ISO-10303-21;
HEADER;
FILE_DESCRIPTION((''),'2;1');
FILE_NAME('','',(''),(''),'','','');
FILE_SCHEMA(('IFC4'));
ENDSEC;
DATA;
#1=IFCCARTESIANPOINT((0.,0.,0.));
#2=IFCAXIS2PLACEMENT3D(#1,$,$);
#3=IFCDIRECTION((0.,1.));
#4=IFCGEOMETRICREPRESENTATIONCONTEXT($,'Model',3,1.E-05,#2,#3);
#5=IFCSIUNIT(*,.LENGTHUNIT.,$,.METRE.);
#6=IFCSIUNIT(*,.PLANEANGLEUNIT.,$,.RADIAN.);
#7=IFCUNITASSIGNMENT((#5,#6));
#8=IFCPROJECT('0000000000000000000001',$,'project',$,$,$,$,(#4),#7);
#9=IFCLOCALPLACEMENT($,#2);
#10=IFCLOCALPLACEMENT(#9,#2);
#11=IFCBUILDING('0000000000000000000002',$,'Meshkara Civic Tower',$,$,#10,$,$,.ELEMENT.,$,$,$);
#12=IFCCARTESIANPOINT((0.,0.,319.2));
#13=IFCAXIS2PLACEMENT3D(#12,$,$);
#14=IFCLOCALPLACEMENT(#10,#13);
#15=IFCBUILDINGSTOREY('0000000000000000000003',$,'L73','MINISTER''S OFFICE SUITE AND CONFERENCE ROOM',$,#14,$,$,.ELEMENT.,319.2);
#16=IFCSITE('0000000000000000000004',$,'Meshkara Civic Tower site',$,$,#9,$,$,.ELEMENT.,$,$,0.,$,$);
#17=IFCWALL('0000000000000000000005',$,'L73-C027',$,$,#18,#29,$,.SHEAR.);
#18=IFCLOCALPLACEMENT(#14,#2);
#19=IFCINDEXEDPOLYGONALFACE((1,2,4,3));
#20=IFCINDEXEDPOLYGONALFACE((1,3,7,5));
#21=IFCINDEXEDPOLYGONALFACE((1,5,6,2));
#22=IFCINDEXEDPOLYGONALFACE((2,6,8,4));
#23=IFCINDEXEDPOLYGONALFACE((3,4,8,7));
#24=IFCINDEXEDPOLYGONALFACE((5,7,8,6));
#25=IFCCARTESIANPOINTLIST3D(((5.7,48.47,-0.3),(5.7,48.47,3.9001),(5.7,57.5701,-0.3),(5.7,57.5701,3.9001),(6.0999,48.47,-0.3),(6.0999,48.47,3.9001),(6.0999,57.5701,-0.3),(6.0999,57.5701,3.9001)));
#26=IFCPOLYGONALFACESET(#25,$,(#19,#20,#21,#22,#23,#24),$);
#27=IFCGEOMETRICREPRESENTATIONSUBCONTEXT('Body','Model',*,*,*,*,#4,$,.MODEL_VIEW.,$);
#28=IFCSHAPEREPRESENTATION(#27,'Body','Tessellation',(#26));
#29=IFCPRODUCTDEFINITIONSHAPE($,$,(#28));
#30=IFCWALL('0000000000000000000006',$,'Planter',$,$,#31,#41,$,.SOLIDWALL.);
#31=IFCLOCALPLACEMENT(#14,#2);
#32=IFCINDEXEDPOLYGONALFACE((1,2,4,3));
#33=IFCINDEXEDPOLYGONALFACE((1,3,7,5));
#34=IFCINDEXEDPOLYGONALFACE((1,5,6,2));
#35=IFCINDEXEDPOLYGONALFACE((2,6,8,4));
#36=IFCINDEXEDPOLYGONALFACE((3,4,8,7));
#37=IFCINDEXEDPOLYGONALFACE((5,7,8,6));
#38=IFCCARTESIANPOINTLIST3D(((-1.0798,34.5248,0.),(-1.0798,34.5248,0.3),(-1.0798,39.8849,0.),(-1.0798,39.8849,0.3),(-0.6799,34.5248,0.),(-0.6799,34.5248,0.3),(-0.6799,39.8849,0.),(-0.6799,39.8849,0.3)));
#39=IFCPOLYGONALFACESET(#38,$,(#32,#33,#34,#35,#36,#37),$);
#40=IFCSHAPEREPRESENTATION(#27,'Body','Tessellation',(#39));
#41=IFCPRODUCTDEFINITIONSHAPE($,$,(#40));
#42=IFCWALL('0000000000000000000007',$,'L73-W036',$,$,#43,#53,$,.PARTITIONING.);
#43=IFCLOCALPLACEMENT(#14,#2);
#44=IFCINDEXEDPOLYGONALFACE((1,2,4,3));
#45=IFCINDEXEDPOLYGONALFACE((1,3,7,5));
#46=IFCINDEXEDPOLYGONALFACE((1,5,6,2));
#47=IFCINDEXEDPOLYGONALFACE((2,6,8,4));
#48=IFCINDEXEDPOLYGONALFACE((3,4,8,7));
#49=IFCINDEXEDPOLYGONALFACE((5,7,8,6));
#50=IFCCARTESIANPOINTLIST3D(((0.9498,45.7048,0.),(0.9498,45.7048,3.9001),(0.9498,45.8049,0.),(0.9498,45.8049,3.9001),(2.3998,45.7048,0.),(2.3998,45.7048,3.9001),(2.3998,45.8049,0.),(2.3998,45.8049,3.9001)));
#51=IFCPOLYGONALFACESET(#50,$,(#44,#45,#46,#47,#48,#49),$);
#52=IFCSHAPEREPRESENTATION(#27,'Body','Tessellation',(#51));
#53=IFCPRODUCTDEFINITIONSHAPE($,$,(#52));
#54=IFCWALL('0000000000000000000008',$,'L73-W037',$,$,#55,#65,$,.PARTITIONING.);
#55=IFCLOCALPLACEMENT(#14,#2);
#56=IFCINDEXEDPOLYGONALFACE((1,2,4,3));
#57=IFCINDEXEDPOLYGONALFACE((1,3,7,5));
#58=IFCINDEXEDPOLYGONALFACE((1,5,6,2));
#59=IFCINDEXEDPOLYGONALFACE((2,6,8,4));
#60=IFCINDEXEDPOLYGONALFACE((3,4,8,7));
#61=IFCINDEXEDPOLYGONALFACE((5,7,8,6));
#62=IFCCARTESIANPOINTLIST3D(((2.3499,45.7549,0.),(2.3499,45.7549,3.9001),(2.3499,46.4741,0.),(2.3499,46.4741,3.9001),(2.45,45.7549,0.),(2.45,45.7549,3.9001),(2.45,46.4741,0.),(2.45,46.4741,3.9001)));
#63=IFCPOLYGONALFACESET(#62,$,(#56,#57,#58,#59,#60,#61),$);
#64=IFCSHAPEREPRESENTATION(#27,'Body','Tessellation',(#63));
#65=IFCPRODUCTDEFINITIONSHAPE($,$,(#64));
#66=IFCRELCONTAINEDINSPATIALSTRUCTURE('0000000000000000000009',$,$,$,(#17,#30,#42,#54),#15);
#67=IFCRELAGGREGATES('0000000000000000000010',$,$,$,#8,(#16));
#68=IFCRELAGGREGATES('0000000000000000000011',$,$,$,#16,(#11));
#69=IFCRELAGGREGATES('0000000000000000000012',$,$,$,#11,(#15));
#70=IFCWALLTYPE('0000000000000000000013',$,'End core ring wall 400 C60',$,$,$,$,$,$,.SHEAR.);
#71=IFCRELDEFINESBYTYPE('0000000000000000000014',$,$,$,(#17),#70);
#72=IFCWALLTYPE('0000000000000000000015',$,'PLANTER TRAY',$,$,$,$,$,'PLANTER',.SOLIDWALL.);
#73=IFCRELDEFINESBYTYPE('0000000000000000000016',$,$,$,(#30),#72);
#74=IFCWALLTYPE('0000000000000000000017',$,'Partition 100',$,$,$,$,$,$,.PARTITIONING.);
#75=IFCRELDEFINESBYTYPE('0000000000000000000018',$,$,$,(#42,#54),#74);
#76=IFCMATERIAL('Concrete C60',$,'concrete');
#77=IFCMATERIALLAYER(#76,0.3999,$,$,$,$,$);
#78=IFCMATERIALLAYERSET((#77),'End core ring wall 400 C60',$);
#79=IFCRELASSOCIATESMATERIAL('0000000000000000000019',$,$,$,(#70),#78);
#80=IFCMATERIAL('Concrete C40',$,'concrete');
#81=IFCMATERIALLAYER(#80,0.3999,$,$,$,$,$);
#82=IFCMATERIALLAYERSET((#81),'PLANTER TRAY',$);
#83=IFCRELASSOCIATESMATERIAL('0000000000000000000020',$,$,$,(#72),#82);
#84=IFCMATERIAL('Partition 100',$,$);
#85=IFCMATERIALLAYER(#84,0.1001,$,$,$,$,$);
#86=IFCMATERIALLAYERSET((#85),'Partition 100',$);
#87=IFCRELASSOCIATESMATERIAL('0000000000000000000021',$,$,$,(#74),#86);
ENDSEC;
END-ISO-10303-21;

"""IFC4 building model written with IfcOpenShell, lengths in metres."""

from ifc_helpers import new_model, si_unit, direction, frame, frame_2d, origin, place, context, subcontext, project, spatial, rectangle, extrude, material, layer, layer_set, type_object, element, save


model = new_model("IFC4")

# Units and contexts
model_context = context("Model", 3, precision=1e-05, world=origin(), true_north=direction((0.0, 1.0)))
body_context = subcontext(model_context, "Body", "Model", "MODEL_VIEW")
ifc_project = project(units=[si_unit("LENGTHUNIT", "METRE"), si_unit("PLANEANGLEUNIT", "RADIAN")], contexts=[model_context])

# Site, building, storey
site_placement = place(None, origin())
site = spatial("IfcSite", under=ifc_project, at=site_placement, Name="Meshkara Civic Tower site", CompositionType="ELEMENT", RefElevation=0.0)
building_placement = place(site_placement, origin())
building = spatial("IfcBuilding", under=site, at=building_placement, Name="Meshkara Civic Tower", CompositionType="ELEMENT")
storey_placement = place(building_placement, frame((0.0, 0.0, 319.2)))
storey = spatial("IfcBuildingStorey", under=building, at=storey_placement, Name="L73", Description="MINISTER'S OFFICE SUITE AND CONFERENCE ROOM", CompositionType="ELEMENT", Elevation=319.2)

# Wall
ifc_material_1 = material(Name="Concrete C60", Category="concrete")
ifc_layer_1 = layer(ifc_material_1, 0.3999)
ifc_layer_set_1 = layer_set([ifc_layer_1], Name="End core ring wall 400 C60")
wall_type_1 = type_object("IfcWallType", Name="End core ring wall 400 C60", PredefinedType="SHEAR", material=ifc_layer_set_1)
wall_1_placement = place(storey_placement, frame((5.8999, 48.47, -0.3), z_axis=(0.0, 0.0, 1.0), x_axis=(0.0, 1.0, 0.0)))
element("IfcWall", 1, at=wall_1_placement, inside=storey, type_object=wall_type_1, Name="L73-C027", PredefinedType="SHEAR", context=body_context, shape_type="SweptSolid", body=[
    extrude(rectangle(XDim=9.1001, YDim=0.3999, at=frame_2d((4.55, 0.0))), origin(), (0.0, 0.0, 1.0), 4.2002),
])

# Walls
ifc_material_2 = material(Name="Concrete C40", Category="concrete")
ifc_layer_2 = layer(ifc_material_2, 0.3999)
ifc_layer_set_2 = layer_set([ifc_layer_2], Name="PLANTER TRAY")
wall_type_2 = type_object("IfcWallType", Name="PLANTER TRAY", ElementType="PLANTER", PredefinedType="SOLIDWALL", material=ifc_layer_set_2)
wall_2_placement = place(storey_placement, frame((-0.8799, 39.885, 0.0), z_axis=(0.0, 0.0, 1.0), x_axis=(0.0, -1.0, 0.0)))
element("IfcWall", 2, at=wall_2_placement, inside=storey, type_object=wall_type_2, Name="Planter", PredefinedType="SOLIDWALL", context=body_context, shape_type="SweptSolid", body=[
    extrude(rectangle(XDim=5.3601, YDim=0.3999, at=frame_2d((2.6802, 0.0))), origin(), (0.0, 0.0, 1.0), 0.3),
])
ifc_material_3 = material(Name="Partition 100")
ifc_layer_3 = layer(ifc_material_3, 0.1001)
ifc_layer_set_3 = layer_set([ifc_layer_3], Name="Partition 100")
wall_type_3 = type_object("IfcWallType", Name="Partition 100", PredefinedType="PARTITIONING", material=ifc_layer_set_3)
wall_3_placement = place(storey_placement, frame((2.3999, 45.7549, 0.0), z_axis=(0.0, 0.0, 1.0), x_axis=(-1.0, 0.0, 0.0)))
element("IfcWall", 3, at=wall_3_placement, inside=storey, type_object=wall_type_3, Name="L73-W036", PredefinedType="PARTITIONING", context=body_context, shape_type="SweptSolid", body=[
    extrude(rectangle(XDim=1.45, YDim=0.1001, at=frame_2d((0.7251, 0.0))), origin(), (0.0, 0.0, 1.0), 3.9001),
])
wall_4_placement = place(storey_placement, frame((2.3999, 46.4741, 0.0), z_axis=(0.0, 0.0, 1.0), x_axis=(0.0, -1.0, 0.0)))
element("IfcWall", 4, at=wall_4_placement, inside=storey, type_object=wall_type_3, Name="L73-W037", PredefinedType="PARTITIONING", context=body_context, shape_type="SweptSolid", body=[
    extrude(rectangle(XDim=0.7192, YDim=0.1001, at=frame_2d((0.3596, 0.0))), origin(), (0.0, 0.0, 1.0), 3.9001),
])

save(model, "model.ifc")
